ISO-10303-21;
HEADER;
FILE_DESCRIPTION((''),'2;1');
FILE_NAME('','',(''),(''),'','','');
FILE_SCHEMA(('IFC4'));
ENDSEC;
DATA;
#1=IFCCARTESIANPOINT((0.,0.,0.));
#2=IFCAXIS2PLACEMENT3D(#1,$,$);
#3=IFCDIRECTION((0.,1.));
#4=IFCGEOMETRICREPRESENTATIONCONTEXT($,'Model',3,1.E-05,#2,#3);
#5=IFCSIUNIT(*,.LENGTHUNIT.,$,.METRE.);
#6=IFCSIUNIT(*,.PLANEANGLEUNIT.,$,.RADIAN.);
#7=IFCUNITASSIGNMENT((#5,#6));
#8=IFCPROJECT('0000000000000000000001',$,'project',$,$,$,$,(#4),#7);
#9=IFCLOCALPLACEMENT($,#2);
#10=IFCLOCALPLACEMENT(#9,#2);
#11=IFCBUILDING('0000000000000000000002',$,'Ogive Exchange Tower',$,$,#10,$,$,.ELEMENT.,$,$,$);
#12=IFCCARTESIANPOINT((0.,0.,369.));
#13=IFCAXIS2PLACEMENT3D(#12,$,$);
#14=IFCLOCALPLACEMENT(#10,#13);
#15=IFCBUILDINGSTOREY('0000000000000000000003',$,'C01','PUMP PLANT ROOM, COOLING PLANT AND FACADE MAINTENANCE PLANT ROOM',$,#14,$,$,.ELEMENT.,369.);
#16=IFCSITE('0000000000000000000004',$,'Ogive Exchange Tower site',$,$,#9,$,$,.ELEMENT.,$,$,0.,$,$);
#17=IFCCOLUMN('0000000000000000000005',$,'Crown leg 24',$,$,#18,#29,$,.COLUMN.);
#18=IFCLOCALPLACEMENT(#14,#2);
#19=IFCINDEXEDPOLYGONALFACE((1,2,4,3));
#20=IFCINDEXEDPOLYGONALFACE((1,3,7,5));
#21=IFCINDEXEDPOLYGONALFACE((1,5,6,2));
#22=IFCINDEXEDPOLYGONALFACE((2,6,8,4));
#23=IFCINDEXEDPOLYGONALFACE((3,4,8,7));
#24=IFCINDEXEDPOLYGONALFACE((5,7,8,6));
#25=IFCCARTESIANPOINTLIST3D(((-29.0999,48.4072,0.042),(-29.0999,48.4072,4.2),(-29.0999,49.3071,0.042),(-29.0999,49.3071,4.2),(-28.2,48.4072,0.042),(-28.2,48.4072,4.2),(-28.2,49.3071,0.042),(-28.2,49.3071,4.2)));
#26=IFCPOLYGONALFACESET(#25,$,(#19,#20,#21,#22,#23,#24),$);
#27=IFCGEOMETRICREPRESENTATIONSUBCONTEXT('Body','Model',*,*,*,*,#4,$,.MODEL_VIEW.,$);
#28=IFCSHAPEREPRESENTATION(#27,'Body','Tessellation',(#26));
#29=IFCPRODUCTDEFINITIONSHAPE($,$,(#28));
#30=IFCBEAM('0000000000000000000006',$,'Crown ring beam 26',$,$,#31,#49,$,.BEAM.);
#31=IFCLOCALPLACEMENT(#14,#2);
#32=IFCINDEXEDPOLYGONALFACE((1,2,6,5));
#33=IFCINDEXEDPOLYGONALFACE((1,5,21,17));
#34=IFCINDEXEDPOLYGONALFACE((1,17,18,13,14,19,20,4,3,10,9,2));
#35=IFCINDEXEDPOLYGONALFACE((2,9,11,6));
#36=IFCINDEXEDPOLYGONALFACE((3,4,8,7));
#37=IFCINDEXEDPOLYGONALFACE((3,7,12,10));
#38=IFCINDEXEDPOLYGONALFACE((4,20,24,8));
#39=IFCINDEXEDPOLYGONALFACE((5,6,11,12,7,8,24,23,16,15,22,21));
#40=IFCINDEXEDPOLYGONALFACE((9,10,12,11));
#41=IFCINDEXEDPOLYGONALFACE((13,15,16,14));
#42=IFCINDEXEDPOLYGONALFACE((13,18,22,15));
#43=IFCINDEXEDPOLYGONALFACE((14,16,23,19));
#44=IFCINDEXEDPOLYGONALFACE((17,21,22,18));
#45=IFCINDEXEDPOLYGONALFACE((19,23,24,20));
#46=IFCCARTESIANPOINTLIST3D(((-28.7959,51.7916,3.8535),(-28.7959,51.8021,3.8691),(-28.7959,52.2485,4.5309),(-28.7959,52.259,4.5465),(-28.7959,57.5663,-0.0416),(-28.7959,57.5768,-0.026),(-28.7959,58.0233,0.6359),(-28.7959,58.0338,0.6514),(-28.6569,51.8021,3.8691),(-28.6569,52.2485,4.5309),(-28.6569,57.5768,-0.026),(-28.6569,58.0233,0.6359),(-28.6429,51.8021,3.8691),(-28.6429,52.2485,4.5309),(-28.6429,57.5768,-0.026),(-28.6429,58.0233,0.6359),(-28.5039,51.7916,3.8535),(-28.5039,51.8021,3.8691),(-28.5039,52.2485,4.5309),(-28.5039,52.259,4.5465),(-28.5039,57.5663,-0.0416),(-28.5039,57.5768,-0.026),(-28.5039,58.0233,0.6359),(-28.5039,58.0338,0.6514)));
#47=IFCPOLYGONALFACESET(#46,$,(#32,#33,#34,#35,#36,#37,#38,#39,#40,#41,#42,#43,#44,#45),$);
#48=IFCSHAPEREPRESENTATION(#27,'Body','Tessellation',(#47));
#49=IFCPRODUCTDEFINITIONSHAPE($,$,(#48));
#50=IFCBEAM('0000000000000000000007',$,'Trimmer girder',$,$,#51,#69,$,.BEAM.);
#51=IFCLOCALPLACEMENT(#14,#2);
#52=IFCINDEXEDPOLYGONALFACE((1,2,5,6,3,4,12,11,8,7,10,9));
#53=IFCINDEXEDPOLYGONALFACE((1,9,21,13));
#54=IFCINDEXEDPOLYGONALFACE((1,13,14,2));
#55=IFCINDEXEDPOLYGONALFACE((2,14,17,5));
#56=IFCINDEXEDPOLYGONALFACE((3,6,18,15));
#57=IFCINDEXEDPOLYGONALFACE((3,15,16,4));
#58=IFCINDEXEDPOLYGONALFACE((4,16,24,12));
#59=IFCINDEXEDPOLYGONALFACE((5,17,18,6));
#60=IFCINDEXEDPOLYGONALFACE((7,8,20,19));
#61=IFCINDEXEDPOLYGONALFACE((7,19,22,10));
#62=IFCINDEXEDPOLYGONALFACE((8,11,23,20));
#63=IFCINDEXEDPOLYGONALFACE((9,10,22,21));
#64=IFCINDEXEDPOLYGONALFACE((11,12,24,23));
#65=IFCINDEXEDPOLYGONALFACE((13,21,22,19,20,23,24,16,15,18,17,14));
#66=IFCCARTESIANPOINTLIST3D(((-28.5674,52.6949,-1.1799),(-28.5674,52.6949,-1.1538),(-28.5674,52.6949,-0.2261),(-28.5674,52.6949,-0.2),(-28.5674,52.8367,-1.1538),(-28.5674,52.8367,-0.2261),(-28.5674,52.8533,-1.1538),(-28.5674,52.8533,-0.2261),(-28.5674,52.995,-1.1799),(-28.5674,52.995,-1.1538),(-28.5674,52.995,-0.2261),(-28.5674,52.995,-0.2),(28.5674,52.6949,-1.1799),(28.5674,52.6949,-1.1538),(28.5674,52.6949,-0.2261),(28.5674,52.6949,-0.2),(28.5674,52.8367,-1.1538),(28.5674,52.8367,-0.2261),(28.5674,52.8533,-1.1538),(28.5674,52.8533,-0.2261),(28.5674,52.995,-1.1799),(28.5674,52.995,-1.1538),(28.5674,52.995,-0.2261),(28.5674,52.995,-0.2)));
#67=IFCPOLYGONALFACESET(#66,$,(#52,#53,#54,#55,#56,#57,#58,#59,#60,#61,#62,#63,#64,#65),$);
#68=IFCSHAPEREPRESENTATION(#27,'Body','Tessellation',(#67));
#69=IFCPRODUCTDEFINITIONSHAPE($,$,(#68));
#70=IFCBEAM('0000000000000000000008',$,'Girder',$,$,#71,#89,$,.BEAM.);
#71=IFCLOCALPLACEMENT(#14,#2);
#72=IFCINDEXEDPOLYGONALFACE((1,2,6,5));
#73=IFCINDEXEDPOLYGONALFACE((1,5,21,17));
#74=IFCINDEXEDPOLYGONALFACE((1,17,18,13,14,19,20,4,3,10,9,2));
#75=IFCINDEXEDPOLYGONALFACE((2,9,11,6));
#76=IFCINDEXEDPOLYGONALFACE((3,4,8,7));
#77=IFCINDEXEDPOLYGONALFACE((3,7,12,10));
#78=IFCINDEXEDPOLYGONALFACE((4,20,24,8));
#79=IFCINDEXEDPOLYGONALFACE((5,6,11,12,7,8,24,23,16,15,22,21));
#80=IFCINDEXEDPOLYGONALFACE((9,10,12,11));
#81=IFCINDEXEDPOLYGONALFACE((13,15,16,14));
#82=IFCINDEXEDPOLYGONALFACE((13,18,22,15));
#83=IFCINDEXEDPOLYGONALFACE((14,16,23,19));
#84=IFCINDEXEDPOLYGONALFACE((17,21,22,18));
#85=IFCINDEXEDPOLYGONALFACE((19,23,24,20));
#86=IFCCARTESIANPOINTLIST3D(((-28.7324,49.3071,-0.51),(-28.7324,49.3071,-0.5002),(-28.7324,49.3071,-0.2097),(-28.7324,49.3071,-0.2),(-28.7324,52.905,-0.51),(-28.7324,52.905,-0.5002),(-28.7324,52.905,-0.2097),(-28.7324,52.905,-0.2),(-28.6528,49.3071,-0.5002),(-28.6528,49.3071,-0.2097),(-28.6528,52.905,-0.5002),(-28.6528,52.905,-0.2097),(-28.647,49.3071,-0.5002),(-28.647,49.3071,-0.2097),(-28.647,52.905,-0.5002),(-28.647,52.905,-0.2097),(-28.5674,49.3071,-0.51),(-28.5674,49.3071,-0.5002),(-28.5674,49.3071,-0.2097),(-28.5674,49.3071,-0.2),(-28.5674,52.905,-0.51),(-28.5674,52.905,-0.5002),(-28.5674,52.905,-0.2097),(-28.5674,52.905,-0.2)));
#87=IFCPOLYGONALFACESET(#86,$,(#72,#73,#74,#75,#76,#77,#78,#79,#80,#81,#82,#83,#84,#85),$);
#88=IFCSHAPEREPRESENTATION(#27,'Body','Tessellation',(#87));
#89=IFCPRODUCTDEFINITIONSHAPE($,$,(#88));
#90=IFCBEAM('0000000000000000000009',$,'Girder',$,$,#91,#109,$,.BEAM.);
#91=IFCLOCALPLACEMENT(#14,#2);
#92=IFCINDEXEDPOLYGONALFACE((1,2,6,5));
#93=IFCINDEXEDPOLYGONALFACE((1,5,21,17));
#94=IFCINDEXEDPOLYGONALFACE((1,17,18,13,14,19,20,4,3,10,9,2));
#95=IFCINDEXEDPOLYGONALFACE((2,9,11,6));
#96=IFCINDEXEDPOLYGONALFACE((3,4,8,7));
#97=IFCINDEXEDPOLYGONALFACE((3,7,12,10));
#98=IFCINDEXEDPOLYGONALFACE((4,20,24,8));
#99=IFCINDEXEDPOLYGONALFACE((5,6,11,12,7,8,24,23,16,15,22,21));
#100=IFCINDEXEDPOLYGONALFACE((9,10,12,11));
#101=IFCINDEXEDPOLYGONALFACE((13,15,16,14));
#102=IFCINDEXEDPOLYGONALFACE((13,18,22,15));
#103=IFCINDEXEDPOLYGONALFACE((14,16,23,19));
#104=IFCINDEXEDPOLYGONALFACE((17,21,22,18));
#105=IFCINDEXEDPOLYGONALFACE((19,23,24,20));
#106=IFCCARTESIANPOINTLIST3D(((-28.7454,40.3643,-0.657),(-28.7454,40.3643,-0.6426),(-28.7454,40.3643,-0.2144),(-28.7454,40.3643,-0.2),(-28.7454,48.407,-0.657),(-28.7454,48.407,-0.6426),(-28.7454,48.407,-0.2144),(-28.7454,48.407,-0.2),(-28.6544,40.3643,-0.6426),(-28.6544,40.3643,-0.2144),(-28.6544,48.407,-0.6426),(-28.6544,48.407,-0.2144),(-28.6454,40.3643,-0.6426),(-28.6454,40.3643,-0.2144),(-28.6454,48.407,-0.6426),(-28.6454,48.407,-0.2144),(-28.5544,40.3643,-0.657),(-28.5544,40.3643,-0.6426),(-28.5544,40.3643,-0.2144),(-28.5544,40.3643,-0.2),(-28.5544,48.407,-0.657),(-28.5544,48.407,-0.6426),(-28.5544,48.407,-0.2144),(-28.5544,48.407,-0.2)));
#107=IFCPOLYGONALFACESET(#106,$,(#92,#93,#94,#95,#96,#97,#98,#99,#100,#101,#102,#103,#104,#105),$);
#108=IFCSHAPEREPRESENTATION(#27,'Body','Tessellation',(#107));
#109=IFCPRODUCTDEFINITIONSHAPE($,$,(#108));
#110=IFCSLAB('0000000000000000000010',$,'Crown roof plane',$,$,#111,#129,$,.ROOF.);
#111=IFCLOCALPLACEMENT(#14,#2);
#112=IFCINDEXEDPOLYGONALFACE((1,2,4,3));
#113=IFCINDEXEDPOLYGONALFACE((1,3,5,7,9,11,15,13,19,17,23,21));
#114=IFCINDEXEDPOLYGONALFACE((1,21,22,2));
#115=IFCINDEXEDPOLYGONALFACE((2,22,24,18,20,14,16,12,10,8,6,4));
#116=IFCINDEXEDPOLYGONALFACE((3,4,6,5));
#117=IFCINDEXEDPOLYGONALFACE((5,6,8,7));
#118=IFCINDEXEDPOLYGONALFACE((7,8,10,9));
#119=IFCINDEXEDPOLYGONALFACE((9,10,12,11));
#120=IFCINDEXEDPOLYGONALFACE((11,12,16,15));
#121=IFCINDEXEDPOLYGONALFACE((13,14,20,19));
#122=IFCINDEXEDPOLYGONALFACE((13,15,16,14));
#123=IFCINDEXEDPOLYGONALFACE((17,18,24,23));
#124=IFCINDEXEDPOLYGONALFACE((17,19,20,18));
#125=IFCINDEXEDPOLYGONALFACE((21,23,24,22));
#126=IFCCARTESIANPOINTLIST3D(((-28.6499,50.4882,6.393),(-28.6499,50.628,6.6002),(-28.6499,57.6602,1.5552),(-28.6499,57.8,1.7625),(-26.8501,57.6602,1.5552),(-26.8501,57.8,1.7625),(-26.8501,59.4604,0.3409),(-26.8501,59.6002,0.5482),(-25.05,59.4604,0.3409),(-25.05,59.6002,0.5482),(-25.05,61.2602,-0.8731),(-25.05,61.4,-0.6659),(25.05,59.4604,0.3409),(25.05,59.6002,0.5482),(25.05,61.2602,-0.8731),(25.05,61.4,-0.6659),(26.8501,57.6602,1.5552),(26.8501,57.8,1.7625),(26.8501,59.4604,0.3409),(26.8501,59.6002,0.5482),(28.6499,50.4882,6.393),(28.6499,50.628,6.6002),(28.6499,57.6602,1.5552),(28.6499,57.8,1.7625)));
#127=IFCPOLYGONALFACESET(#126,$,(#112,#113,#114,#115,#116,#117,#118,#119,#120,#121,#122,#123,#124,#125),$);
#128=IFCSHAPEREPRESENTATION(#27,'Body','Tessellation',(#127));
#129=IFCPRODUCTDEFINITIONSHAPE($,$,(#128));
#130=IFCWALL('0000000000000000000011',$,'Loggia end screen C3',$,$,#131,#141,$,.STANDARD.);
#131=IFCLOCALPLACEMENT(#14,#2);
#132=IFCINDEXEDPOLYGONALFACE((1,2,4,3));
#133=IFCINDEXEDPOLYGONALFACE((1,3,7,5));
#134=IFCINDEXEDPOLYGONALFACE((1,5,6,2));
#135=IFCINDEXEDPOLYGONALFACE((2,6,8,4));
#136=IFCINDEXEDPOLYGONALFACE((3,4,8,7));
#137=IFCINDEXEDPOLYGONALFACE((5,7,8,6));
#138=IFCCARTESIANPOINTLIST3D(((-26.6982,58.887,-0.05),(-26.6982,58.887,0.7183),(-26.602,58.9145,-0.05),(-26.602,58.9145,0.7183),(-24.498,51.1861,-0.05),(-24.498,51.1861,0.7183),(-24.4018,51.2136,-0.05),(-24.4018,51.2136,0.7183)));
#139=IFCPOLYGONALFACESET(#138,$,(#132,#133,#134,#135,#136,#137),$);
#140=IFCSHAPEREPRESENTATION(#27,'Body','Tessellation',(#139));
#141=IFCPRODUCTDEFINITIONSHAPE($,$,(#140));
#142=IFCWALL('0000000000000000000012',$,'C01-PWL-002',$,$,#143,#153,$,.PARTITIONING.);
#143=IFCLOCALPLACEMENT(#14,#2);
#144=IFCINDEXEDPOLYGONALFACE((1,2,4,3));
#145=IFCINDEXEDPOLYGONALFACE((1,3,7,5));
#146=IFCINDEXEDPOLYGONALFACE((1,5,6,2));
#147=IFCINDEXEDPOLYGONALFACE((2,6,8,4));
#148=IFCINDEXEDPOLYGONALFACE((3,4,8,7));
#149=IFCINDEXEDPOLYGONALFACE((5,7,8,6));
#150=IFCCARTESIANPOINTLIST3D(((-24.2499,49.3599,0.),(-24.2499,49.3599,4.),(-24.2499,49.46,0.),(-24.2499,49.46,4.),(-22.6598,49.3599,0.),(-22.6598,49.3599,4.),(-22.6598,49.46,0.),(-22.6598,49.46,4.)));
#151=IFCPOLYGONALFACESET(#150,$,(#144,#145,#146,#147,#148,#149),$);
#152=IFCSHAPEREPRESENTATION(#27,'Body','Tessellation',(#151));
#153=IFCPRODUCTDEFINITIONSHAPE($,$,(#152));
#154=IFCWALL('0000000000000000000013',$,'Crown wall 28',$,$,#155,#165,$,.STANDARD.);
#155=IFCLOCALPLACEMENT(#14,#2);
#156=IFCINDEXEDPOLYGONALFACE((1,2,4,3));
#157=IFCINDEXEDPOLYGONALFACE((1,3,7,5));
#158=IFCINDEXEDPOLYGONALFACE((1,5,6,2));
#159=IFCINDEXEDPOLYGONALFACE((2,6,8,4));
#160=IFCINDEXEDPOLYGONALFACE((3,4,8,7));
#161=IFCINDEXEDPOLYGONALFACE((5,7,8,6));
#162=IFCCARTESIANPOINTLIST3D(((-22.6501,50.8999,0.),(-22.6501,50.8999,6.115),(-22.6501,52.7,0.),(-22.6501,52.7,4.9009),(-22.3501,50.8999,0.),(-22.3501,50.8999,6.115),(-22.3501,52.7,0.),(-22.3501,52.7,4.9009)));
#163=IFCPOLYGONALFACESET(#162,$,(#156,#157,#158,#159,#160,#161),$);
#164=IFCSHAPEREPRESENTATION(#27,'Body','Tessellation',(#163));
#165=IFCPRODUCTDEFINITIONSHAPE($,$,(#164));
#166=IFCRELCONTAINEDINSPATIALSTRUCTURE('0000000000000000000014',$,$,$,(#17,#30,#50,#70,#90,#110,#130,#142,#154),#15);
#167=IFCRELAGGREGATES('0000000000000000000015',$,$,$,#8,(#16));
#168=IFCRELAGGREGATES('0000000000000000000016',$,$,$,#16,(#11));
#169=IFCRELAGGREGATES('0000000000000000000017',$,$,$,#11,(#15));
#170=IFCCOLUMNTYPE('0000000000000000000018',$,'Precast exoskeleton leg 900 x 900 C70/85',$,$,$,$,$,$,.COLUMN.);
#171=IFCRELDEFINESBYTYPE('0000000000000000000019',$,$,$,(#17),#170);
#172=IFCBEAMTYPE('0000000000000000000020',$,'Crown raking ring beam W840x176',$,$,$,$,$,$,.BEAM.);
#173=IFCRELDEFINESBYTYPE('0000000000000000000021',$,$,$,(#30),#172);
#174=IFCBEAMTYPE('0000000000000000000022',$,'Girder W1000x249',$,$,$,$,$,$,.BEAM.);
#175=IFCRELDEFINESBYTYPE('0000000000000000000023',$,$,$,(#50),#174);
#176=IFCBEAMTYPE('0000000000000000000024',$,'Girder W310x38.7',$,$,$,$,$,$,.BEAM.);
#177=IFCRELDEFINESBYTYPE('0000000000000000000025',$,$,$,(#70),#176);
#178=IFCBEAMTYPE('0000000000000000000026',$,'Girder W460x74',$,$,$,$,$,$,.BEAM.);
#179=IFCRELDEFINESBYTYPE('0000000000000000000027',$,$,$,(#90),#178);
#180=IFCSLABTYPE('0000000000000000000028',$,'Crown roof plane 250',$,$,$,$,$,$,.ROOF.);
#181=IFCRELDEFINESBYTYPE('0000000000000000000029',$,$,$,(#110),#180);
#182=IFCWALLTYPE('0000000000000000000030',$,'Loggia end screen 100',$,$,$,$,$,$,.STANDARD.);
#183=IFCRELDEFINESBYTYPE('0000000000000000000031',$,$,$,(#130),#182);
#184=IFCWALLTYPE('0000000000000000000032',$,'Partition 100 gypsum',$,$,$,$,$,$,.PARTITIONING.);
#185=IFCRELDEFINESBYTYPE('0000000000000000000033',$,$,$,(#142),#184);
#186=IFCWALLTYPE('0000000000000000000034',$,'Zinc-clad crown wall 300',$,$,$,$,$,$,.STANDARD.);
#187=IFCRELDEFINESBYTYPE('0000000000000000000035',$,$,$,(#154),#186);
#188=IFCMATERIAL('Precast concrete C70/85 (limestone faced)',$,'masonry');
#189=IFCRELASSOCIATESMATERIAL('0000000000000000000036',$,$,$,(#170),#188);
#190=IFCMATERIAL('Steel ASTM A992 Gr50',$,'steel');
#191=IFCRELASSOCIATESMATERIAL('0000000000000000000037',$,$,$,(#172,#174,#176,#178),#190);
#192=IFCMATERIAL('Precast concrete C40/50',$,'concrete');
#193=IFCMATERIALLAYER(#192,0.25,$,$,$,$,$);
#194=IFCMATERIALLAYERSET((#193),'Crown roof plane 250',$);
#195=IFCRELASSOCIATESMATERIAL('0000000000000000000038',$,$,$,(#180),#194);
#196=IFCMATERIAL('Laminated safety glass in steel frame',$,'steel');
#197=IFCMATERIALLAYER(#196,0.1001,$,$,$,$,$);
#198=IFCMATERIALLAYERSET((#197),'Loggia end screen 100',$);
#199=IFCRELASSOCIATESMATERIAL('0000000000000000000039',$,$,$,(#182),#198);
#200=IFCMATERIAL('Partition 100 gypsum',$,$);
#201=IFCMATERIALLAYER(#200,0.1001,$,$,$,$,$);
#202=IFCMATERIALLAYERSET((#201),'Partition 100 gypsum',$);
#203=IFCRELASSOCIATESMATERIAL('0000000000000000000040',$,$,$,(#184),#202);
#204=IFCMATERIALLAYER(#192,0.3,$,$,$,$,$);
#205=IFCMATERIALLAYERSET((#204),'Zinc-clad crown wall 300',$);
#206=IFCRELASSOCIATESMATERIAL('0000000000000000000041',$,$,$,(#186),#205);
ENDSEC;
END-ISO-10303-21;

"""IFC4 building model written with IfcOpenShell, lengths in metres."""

from ifc_helpers import new_model, si_unit, direction, frame, frame_2d, origin, origin_2d, place, context, subcontext, project, spatial, polyline, rectangle, i_section, outline, extrude, material, layer, layer_set, material_profile, profile_set, type_object, element, save


model = new_model("IFC4")

# Units and contexts
model_context = context("Model", 3, precision=1e-05, world=origin(), true_north=direction((0.0, 1.0)))
body_context = subcontext(model_context, "Body", "Model", "MODEL_VIEW")
ifc_project = project(units=[si_unit("LENGTHUNIT", "METRE"), si_unit("PLANEANGLEUNIT", "RADIAN")], contexts=[model_context])

# Site, building, storey
site_placement = place(None, origin())
site = spatial("IfcSite", under=ifc_project, at=site_placement, Name="Ogive Exchange Tower site", CompositionType="ELEMENT", RefElevation=0.0)
building_placement = place(site_placement, origin())
building = spatial("IfcBuilding", under=site, at=building_placement, Name="Ogive Exchange Tower", CompositionType="ELEMENT")
storey_placement = place(building_placement, frame((0.0, 0.0, 369.0)))
storey = spatial("IfcBuildingStorey", under=building, at=storey_placement, Name="C01", Description="PUMP PLANT ROOM, COOLING PLANT AND FACADE MAINTENANCE PLANT ROOM", CompositionType="ELEMENT", Elevation=369.0)

# Column
ifc_material_1 = material(Name="Precast concrete C70/85 (limestone faced)", Category="masonry")
ifc_material_profile_1 = material_profile(ifc_material_1, rectangle(XDim=0.8999, YDim=0.8999, at=origin_2d()), Name="900 x 900")
ifc_profile_set_1 = profile_set([ifc_material_profile_1], Name="Precast concrete C70/85 (limestone faced)")
column_type = type_object("IfcColumnType", Name="Precast exoskeleton leg 900 x 900 C70/85", PredefinedType="COLUMN", material=ifc_profile_set_1)
column_placement = place(storey_placement, frame((-28.6499, 48.8572, 0.042), z_axis=(0.0, 0.0, 1.0), x_axis=(1.0, 0.0, 0.0)))
element("IfcColumn", 1, at=column_placement, inside=storey, type_object=column_type, Name="Crown leg 24", PredefinedType="COLUMN", context=body_context, shape_type="SweptSolid", body=[
    extrude(rectangle(XDim=0.8999, YDim=0.8999, at=origin_2d()), origin(), (0.0, 0.0, 1.0), 4.158),
])

# Beams
ifc_material_2 = material(Name="Steel ASTM A992 Gr50", Category="steel")
ifc_material_profile_2 = material_profile(ifc_material_2, i_section(OverallWidth=0.292, OverallDepth=0.8359, WebThickness=0.0139, FlangeThickness=0.0188, at=origin_2d()), Name="W840x176")
ifc_profile_set_2 = profile_set([ifc_material_profile_2], Name="Steel ASTM A992 Gr50")
beam_type_1 = type_object("IfcBeamType", Name="Crown raking ring beam W840x176", PredefinedType="BEAM", material=ifc_profile_set_2)
beam_1_placement = place(storey_placement, frame((-28.6499, 57.8, 0.3049), z_axis=(0.0, -0.82904, 0.559189), x_axis=(1.0, 0.0, 0.0)))
element("IfcBeam", 2, at=beam_1_placement, inside=storey, type_object=beam_type_1, Name="Crown ring beam 26", PredefinedType="BEAM", context=body_context, shape_type="SweptSolid", body=[
    extrude(i_section(OverallWidth=0.292, OverallDepth=0.8359, WebThickness=0.0139, FlangeThickness=0.0188, at=origin_2d()), origin(), (0.0, 0.0, 1.0), 6.9656),
])
ifc_material_profile_3 = material_profile(ifc_material_2, i_section(OverallWidth=0.3, OverallDepth=0.98, WebThickness=0.0166, FlangeThickness=0.0261, at=origin_2d()), Name="W1000x249")
ifc_profile_set_3 = profile_set([ifc_material_profile_3], Name="Steel ASTM A992 Gr50")
beam_type_2 = type_object("IfcBeamType", Name="Girder W1000x249", PredefinedType="BEAM", material=ifc_profile_set_3)
beam_2_placement = place(storey_placement, frame((-28.5674, 52.845, -0.6899), z_axis=(1.0, 0.0, 0.0), x_axis=(0.0, 1.0, 0.0)))
element("IfcBeam", 3, at=beam_2_placement, inside=storey, type_object=beam_type_2, Name="Trimmer girder", PredefinedType="BEAM", context=body_context, shape_type="SweptSolid", body=[
    extrude(i_section(OverallWidth=0.3, OverallDepth=0.98, WebThickness=0.0166, FlangeThickness=0.0261, at=origin_2d()), origin(), (0.0, 0.0, 1.0), 57.1348),
])
ifc_material_profile_4 = material_profile(ifc_material_2, i_section(OverallWidth=0.165, OverallDepth=0.3101, WebThickness=0.0059, FlangeThickness=0.0098, at=origin_2d()), Name="W310x38.7")
ifc_profile_set_4 = profile_set([ifc_material_profile_4], Name="Steel ASTM A992 Gr50")
beam_type_3 = type_object("IfcBeamType", Name="Girder W310x38.7", PredefinedType="BEAM", material=ifc_profile_set_4)
beam_3_placement = place(storey_placement, frame((-28.6499, 52.905, -0.355), z_axis=(0.0, -1.0, 0.0), x_axis=(1.0, 0.0, 0.0)))
element("IfcBeam", 4, at=beam_3_placement, inside=storey, type_object=beam_type_3, Name="Girder", PredefinedType="BEAM", context=body_context, shape_type="SweptSolid", body=[
    extrude(i_section(OverallWidth=0.165, OverallDepth=0.3101, WebThickness=0.0059, FlangeThickness=0.0098, at=origin_2d()), origin(), (0.0, 0.0, 1.0), 3.5979),
])
ifc_material_profile_5 = material_profile(ifc_material_2, i_section(OverallWidth=0.1909, OverallDepth=0.457, WebThickness=0.009, FlangeThickness=0.0144, at=origin_2d()), Name="W460x74")
ifc_profile_set_5 = profile_set([ifc_material_profile_5], Name="Steel ASTM A992 Gr50")
beam_type_4 = type_object("IfcBeamType", Name="Girder W460x74", PredefinedType="BEAM", material=ifc_profile_set_5)
beam_4_placement = place(storey_placement, frame((-28.6499, 48.407, -0.4285), z_axis=(0.0, -1.0, 0.0), x_axis=(1.0, 0.0, 0.0)))
element("IfcBeam", 5, at=beam_4_placement, inside=storey, type_object=beam_type_4, Name="Girder", PredefinedType="BEAM", context=body_context, shape_type="SweptSolid", body=[
    extrude(i_section(OverallWidth=0.1909, OverallDepth=0.457, WebThickness=0.009, FlangeThickness=0.0144, at=origin_2d()), origin(), (0.0, 0.0, 1.0), 8.0427),
])

# Slab
ifc_material_3 = material(Name="Precast concrete C40/50", Category="concrete")
ifc_layer_1 = layer(ifc_material_3, 0.25)
ifc_layer_set_1 = layer_set([ifc_layer_1], Name="Crown roof plane 250")
slab_type = type_object("IfcSlabType", Name="Crown roof plane 250", PredefinedType="ROOF", material=ifc_layer_set_1)
slab_placement = place(storey_placement, frame((-26.8501, 57.8, 1.7625), z_axis=(0.0, 0.559209, 0.829027), x_axis=(0.0, 0.829027, -0.559209)))
element("IfcSlab", 6, at=slab_placement, inside=storey, type_object=slab_type, Name="Crown roof plane", PredefinedType="ROOF", context=body_context, shape_type="SweptSolid", body=[
    extrude(outline(polyline([(0.0, 0.0), (2.1714, 0.0), (2.1714, -1.8), (4.3424, -1.8), (4.3424, -51.9001), (2.1714, -51.9001), (2.1714, -53.7002), (0.0, -53.7002), (0.0, -55.5), (-8.6511, -55.5), (-8.6511, 1.7998), (0.0, 1.7998), (0.0, 0.0)])), origin(), (0.0, 0.0, -1.0), 0.25),
])

# Walls
ifc_material_4 = material(Name="Laminated safety glass in steel frame", Category="steel")
ifc_layer_2 = layer(ifc_material_4, 0.1001)
ifc_layer_set_2 = layer_set([ifc_layer_2], Name="Loggia end screen 100")
wall_type_1 = type_object("IfcWallType", Name="Loggia end screen 100", PredefinedType="STANDARD", material=ifc_layer_set_2)
wall_1_placement = place(storey_placement, frame((-24.45, 51.2, -0.05), z_axis=(0.0, 0.0, 1.0), x_axis=(-0.274713, 0.961526, 0.0)))
element("IfcWall", 7, at=wall_1_placement, inside=storey, type_object=wall_type_1, Name="Loggia end screen C3", PredefinedType="STANDARD", context=body_context, shape_type="SweptSolid", body=[
    extrude(rectangle(XDim=8.009, YDim=0.1001, at=frame_2d((4.0044, 0.0))), origin(), (0.0, 0.0, 1.0), 0.7683),
])
ifc_material_5 = material(Name="Partition 100 gypsum")
ifc_layer_3 = layer(ifc_material_5, 0.1001)
ifc_layer_set_3 = layer_set([ifc_layer_3], Name="Partition 100 gypsum")
wall_type_2 = type_object("IfcWallType", Name="Partition 100 gypsum", PredefinedType="PARTITIONING", material=ifc_layer_set_3)
wall_2_placement = place(storey_placement, frame((-22.6599, 49.4099, 0.0), z_axis=(0.0, 0.0, 1.0), x_axis=(-1.0, 0.0, 0.0)))
element("IfcWall", 8, at=wall_2_placement, inside=storey, type_object=wall_type_2, Name="C01-PWL-002", PredefinedType="PARTITIONING", context=body_context, shape_type="SweptSolid", body=[
    extrude(rectangle(XDim=1.5901, YDim=0.1001, at=frame_2d((0.7949, 0.0))), origin(), (0.0, 0.0, 1.0), 4.0),
])
ifc_layer_4 = layer(ifc_material_3, 0.3)
ifc_layer_set_4 = layer_set([ifc_layer_4], Name="Zinc-clad crown wall 300")
wall_type_3 = type_object("IfcWallType", Name="Zinc-clad crown wall 300", PredefinedType="STANDARD", material=ifc_layer_set_4)
wall_3_placement = place(storey_placement, frame((-22.5, 52.7, 0.0), z_axis=(0.0, 0.0, 1.0), x_axis=(0.0, -1.0, 0.0)))
element("IfcWall", 9, at=wall_3_placement, inside=storey, type_object=wall_type_3, Name="Crown wall 28", PredefinedType="STANDARD", context=body_context, shape_type="SweptSolid", body=[
    extrude(outline(polyline([(0.0, 0.0), (1.8, 0.0), (1.8, 6.115), (0.0, 4.9009), (0.0, 0.0)])), frame((0.0, 0.1499, 0.0), z_axis=(0.0, -1.0, 0.0), x_axis=(1.0, 0.0, 0.0)), (0.0, 0.0, 1.0), 0.3),
])

save(model, "model.ifc")
